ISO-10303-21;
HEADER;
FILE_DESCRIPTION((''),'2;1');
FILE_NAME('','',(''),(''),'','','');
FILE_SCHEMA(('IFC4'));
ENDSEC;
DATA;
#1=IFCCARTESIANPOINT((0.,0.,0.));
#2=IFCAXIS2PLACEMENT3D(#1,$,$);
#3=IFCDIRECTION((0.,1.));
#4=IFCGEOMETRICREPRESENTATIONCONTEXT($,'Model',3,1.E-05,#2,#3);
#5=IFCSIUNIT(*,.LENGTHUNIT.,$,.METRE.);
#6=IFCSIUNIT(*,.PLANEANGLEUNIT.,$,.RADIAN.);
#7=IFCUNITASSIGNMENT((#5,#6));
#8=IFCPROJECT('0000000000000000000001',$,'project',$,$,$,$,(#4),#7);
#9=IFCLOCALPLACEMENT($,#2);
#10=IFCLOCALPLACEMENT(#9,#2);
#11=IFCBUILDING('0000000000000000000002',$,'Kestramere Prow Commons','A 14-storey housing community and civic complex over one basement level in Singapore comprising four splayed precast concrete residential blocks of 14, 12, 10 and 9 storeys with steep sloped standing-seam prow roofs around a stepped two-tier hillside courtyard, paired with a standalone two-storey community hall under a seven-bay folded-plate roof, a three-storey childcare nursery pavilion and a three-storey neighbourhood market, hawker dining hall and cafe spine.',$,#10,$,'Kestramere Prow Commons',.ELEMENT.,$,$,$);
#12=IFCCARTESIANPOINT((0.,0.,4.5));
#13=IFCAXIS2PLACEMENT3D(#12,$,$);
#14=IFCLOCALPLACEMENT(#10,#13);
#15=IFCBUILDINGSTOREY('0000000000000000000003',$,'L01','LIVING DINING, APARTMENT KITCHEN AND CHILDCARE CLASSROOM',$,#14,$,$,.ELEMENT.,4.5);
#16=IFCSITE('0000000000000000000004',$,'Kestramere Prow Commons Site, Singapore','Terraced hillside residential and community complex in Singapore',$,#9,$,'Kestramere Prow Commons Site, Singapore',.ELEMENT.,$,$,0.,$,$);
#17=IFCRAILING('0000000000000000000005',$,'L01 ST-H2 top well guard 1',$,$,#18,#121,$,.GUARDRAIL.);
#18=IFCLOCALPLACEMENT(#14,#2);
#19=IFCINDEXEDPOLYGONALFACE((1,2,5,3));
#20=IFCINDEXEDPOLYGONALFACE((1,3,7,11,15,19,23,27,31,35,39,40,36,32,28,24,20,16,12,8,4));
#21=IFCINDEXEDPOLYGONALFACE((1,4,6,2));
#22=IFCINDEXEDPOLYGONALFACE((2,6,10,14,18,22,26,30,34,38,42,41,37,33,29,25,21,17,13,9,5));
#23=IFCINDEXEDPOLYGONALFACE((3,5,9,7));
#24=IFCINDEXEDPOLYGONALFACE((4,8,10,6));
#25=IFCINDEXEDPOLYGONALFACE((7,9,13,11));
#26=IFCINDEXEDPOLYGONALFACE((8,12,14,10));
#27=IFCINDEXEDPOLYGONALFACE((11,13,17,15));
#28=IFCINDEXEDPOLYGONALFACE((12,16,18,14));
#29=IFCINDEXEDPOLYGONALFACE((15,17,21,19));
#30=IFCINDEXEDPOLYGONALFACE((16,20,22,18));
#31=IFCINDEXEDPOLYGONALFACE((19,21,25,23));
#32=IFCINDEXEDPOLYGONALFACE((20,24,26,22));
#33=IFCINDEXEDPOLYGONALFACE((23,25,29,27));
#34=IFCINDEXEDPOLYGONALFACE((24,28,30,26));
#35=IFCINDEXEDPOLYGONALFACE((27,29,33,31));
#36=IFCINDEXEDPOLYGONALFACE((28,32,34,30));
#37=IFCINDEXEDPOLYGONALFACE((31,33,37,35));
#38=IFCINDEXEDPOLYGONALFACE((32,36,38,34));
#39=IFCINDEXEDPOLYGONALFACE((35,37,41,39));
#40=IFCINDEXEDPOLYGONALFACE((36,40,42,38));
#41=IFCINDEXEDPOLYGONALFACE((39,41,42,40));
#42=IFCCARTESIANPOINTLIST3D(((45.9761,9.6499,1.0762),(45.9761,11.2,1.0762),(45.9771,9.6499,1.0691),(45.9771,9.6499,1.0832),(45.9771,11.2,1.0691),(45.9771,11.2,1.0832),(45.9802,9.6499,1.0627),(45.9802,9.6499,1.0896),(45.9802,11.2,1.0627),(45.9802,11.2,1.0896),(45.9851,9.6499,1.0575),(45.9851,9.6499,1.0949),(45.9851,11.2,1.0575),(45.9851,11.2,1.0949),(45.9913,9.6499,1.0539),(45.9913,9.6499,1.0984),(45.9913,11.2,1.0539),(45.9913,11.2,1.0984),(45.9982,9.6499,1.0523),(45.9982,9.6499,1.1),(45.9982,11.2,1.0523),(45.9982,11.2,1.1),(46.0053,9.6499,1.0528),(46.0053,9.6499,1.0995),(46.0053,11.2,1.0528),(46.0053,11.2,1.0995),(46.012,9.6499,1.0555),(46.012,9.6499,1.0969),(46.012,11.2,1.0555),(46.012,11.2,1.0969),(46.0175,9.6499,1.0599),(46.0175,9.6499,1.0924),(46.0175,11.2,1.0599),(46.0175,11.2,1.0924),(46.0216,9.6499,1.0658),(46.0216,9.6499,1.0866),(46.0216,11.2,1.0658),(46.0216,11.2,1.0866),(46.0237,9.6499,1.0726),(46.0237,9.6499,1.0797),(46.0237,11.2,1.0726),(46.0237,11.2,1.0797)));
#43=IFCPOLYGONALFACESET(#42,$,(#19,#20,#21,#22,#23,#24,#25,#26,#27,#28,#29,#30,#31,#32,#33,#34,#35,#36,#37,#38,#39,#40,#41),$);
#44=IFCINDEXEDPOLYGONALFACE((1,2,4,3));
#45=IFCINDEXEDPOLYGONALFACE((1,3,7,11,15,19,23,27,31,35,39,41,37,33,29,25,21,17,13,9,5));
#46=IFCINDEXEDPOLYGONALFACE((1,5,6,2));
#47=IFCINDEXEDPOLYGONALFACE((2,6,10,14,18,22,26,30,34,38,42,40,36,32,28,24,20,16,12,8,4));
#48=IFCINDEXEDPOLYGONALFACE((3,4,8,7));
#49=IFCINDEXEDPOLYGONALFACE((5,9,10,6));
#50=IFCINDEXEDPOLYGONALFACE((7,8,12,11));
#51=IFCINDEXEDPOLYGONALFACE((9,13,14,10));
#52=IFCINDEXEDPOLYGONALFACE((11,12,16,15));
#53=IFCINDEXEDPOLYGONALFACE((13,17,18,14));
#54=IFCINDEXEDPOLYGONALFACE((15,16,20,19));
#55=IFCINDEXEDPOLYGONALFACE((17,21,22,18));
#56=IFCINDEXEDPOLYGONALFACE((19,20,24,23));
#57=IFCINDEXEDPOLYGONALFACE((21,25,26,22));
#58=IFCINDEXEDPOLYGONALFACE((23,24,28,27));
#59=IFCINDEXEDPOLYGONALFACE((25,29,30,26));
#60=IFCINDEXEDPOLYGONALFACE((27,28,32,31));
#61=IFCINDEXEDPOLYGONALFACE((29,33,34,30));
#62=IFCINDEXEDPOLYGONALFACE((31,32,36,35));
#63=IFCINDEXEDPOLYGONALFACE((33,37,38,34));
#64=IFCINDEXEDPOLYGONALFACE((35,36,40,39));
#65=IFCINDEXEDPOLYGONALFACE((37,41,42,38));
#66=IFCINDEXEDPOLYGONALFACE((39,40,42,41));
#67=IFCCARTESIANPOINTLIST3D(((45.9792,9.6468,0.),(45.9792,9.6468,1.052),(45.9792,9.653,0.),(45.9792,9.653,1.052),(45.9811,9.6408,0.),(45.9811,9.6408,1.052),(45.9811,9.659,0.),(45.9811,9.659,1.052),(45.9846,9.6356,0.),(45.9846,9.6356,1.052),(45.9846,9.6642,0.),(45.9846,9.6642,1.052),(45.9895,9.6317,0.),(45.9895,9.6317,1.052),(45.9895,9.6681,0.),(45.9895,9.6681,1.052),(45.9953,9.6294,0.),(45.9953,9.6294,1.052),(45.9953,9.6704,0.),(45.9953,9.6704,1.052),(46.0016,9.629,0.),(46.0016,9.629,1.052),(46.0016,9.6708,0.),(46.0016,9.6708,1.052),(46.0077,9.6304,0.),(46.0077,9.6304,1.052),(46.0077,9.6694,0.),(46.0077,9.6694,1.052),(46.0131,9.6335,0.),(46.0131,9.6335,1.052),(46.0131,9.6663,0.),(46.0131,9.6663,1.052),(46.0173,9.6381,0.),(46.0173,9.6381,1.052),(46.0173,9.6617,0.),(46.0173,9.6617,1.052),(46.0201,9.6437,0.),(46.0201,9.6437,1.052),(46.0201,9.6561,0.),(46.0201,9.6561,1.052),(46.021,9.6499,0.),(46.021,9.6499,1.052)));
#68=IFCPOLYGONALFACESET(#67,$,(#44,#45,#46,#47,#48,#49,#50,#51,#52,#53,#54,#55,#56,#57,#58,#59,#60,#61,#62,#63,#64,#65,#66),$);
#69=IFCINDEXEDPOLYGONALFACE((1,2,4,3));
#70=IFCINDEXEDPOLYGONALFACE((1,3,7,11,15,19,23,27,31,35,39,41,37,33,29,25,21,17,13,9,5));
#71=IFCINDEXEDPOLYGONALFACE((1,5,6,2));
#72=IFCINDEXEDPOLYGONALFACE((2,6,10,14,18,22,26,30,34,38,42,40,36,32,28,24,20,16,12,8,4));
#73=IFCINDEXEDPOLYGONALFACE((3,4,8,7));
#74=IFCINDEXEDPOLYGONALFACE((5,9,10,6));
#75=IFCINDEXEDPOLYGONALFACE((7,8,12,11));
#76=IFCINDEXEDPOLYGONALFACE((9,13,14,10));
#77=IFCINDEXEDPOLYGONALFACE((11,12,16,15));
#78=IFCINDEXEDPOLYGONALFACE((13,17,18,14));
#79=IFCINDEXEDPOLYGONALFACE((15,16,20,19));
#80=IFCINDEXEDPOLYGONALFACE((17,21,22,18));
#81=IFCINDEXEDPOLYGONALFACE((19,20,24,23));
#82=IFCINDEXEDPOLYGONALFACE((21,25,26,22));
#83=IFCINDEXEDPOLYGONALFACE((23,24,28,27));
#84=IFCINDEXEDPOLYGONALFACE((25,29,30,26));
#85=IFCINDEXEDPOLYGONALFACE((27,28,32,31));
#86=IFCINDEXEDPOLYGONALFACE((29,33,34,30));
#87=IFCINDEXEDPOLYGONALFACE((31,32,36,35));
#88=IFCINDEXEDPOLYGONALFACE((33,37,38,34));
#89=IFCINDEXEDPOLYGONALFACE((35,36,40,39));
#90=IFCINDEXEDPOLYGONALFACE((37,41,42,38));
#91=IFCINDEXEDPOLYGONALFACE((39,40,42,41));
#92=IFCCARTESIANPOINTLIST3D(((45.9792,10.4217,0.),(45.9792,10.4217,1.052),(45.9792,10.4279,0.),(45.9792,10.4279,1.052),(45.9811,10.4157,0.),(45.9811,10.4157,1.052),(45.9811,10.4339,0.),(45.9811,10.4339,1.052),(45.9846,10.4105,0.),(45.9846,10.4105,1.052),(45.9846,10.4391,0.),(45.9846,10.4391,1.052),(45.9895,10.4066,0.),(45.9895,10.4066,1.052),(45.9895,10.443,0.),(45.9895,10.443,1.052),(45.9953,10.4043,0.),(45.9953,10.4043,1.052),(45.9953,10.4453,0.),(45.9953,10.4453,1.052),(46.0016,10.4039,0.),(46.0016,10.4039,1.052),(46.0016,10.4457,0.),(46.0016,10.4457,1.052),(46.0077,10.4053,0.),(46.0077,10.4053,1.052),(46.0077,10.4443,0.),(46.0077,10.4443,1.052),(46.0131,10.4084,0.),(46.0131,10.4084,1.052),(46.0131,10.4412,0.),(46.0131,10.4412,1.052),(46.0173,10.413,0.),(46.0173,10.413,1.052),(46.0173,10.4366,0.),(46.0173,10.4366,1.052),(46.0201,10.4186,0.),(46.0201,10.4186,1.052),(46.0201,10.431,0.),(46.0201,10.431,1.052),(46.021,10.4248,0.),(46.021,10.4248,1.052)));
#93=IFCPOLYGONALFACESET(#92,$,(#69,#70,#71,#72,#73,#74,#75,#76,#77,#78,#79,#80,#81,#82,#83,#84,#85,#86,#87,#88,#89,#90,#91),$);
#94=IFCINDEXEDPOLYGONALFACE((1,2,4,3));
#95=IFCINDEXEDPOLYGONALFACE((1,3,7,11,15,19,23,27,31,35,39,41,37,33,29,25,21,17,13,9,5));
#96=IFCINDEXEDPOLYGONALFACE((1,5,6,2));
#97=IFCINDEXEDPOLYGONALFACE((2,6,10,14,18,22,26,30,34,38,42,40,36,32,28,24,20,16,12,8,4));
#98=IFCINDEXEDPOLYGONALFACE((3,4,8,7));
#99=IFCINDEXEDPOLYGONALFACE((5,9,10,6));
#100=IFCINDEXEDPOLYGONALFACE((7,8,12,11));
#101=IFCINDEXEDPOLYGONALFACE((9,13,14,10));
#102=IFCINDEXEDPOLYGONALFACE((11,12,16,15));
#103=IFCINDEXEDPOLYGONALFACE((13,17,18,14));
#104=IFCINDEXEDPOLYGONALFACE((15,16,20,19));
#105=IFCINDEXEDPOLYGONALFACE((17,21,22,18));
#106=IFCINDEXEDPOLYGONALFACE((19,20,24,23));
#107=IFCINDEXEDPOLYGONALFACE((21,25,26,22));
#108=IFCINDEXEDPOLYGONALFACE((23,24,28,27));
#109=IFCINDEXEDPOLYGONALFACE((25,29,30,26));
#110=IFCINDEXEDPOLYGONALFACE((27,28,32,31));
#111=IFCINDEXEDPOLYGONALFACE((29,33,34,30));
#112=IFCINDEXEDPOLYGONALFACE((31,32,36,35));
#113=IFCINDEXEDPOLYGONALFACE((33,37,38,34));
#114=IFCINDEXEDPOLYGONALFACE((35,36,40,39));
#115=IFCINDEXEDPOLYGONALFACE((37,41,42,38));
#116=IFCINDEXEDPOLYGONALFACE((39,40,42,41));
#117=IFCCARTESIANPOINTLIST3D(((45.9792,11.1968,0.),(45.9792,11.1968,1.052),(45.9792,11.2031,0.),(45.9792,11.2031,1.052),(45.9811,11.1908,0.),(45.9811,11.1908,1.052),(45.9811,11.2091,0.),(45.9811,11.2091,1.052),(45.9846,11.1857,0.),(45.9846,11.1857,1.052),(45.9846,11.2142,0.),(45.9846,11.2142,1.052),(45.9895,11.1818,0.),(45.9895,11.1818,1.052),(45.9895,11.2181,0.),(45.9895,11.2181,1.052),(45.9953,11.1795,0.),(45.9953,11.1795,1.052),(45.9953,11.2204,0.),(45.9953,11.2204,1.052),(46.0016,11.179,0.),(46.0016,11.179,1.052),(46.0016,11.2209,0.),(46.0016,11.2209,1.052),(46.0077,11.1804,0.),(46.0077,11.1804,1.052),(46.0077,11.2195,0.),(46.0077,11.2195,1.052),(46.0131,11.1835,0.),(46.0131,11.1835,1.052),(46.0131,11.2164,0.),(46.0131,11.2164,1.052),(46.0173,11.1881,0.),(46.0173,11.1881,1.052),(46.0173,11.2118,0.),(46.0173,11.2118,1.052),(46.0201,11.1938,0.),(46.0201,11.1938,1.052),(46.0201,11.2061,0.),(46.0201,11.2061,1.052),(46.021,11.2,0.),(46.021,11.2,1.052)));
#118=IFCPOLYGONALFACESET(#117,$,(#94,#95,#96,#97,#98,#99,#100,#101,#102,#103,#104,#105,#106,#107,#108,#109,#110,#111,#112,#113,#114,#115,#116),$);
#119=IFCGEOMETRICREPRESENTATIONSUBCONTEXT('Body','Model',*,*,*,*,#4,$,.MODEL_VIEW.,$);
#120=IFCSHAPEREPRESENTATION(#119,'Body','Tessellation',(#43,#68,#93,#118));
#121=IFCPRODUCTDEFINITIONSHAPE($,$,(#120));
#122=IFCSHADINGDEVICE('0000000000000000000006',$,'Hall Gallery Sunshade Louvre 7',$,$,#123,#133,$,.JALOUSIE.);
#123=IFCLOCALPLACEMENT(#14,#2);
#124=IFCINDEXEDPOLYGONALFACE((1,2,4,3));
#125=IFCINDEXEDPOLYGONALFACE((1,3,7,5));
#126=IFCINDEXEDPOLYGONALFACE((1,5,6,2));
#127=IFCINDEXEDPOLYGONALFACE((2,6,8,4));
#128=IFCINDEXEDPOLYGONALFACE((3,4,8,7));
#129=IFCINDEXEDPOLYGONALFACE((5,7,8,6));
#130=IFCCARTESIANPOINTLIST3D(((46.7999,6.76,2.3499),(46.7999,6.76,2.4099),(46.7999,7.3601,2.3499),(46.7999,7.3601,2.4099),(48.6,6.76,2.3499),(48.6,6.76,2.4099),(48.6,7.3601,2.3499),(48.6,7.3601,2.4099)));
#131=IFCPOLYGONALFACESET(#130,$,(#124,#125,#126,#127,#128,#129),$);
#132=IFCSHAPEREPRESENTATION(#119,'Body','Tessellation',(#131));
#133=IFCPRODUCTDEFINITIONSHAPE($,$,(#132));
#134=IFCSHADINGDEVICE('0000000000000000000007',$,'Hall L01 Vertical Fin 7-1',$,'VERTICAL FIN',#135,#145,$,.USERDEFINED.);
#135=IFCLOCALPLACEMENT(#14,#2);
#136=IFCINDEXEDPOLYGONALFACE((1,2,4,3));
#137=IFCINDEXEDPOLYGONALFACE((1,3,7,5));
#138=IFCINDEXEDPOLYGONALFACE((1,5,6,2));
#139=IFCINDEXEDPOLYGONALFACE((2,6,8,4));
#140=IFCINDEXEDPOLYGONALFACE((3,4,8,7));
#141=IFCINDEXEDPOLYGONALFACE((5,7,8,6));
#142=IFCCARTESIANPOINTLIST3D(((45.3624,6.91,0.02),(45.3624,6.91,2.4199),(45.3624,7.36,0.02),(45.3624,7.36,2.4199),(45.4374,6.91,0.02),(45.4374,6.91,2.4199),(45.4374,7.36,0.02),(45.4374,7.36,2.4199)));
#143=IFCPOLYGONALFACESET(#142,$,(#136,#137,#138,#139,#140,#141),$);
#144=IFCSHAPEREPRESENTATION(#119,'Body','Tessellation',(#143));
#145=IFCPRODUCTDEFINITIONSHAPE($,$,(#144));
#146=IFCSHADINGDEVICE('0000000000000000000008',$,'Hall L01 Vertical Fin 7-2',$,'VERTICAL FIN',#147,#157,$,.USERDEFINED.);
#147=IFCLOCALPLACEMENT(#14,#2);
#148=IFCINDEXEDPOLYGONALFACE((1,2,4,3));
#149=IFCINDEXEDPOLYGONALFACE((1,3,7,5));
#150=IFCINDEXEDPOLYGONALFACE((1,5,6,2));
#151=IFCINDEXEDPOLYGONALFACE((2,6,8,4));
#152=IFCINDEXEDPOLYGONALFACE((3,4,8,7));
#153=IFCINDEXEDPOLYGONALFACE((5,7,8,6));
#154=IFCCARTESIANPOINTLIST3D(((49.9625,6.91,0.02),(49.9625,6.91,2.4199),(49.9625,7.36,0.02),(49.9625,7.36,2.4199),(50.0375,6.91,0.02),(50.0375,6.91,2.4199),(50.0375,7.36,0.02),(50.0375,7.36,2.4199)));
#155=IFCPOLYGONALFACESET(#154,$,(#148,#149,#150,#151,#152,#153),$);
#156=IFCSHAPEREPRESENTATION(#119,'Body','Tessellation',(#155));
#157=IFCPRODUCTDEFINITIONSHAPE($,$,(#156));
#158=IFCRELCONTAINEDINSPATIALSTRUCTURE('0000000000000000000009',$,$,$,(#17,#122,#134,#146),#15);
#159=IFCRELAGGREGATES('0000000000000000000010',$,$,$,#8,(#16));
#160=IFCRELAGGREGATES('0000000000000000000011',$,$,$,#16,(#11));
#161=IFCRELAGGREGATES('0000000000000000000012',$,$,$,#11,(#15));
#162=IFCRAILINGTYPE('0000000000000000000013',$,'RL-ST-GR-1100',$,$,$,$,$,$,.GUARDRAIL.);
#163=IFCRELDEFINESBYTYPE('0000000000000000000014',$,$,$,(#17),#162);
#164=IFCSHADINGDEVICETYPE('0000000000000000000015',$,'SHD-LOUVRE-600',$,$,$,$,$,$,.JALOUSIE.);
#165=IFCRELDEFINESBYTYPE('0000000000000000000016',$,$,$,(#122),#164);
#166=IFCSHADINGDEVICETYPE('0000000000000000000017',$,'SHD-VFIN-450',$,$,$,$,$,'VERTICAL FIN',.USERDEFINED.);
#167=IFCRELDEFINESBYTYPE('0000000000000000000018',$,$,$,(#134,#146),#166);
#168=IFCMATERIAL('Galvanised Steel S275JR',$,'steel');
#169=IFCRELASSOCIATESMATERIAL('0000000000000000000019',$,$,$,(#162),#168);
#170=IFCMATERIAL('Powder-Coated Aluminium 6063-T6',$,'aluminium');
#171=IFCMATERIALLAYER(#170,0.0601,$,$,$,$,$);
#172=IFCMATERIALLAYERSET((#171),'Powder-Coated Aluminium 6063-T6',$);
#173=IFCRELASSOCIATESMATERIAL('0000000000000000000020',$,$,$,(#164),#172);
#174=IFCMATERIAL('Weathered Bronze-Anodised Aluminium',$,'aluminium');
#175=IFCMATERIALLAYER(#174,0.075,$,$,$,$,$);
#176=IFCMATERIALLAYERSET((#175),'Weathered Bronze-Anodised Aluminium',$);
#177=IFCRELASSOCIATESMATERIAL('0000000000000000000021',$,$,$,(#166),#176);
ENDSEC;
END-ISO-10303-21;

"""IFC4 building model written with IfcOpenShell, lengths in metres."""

from ifc_helpers import new_model, si_unit, direction, frame, origin, origin_2d, place, context, subcontext, project, spatial, rectangle, circle, extrude, material, layer, layer_set, type_object, element, save


model = new_model("IFC4")

# Units and contexts
model_context = context("Model", 3, precision=1e-05, world=origin(), true_north=direction((0.0, 1.0)))
body_context = subcontext(model_context, "Body", "Model", "MODEL_VIEW")
ifc_project = project(units=[si_unit("LENGTHUNIT", "METRE"), si_unit("PLANEANGLEUNIT", "RADIAN")], contexts=[model_context])

# Site, building, storey
site_placement = place(None, origin())
site = spatial("IfcSite", under=ifc_project, at=site_placement, Name="Kestramere Prow Commons Site, Singapore", Description="Terraced hillside residential and community complex in Singapore", LongName="Kestramere Prow Commons Site, Singapore", CompositionType="ELEMENT", RefElevation=0.0)
building_placement = place(site_placement, origin())
building = spatial("IfcBuilding", under=site, at=building_placement, Name="Kestramere Prow Commons", Description="A 14-storey housing community and civic complex over one basement level in Singapore comprising four splayed precast concrete residential blocks of 14, 12, 10 and 9 storeys with steep sloped standing-seam prow roofs around a stepped two-tier hillside courtyard, paired with a standalone two-storey community hall under a seven-bay folded-plate roof, a three-storey childcare nursery pavilion and a three-storey neighbourhood market, hawker dining hall and cafe spine.", LongName="Kestramere Prow Commons", CompositionType="ELEMENT")
storey_placement = place(building_placement, frame((0.0, 0.0, 4.5)))
storey = spatial("IfcBuildingStorey", under=building, at=storey_placement, Name="L01", Description="LIVING DINING, APARTMENT KITCHEN AND CHILDCARE CLASSROOM", CompositionType="ELEMENT", Elevation=4.5)

# Railing
ifc_material_1 = material(Name="Galvanised Steel S275JR", Category="steel")
railing_type = type_object("IfcRailingType", Name="RL-ST-GR-1100", PredefinedType="GUARDRAIL", material=ifc_material_1)
railing_placement = place(storey_placement, frame((46.0, 9.6499, 0.0)))
element("IfcRailing", 1, at=railing_placement, inside=storey, type_object=railing_type, Name="L01 ST-H2 top well guard 1", PredefinedType="GUARDRAIL", context=body_context, shape_type="SweptSolid", body=[
    extrude(circle(Radius=0.0239, at=origin_2d()), frame((0.0, 0.0, 1.0762), z_axis=(0.0, 1.0, 0.0), x_axis=(-1.0, 0.0, 0.0)), (0.0, 0.0, 1.0), 1.55),
    extrude(circle(Radius=0.021, at=origin_2d()), origin(), (0.0, 0.0, 1.0), 1.052),
    extrude(circle(Radius=0.021, at=origin_2d()), frame((0.0, 0.7749, 0.0)), (0.0, 0.0, 1.0), 1.052),
    extrude(circle(Radius=0.021, at=origin_2d()), frame((0.0, 1.55, 0.0)), (0.0, 0.0, 1.0), 1.052),
])

# Shading devices
ifc_material_2 = material(Name="Powder-Coated Aluminium 6063-T6", Category="aluminium")
ifc_layer_1 = layer(ifc_material_2, 0.0601)
ifc_layer_set_1 = layer_set([ifc_layer_1], Name="Powder-Coated Aluminium 6063-T6")
shading_device_type_1 = type_object("IfcShadingDeviceType", Name="SHD-LOUVRE-600", PredefinedType="JALOUSIE", material=ifc_layer_set_1)
shading_device_placement = place(storey_placement, frame((47.7, 7.0601, 2.3499), z_axis=(0.0, 0.0, 1.0), x_axis=(1.0, 0.0, 0.0)))
element("IfcShadingDevice", 2, at=shading_device_placement, inside=storey, type_object=shading_device_type_1, Name="Hall Gallery Sunshade Louvre 7", PredefinedType="JALOUSIE", context=body_context, shape_type="SweptSolid", body=[
    extrude(rectangle(XDim=1.8, YDim=0.6001, at=origin_2d()), origin(), (0.0, 0.0, 1.0), 0.0601),
])
ifc_material_3 = material(Name="Weathered Bronze-Anodised Aluminium", Category="aluminium")
ifc_layer_2 = layer(ifc_material_3, 0.075)
ifc_layer_set_2 = layer_set([ifc_layer_2], Name="Weathered Bronze-Anodised Aluminium")
shading_device_type_2 = type_object("IfcShadingDeviceType", Name="SHD-VFIN-450", ElementType="VERTICAL FIN", PredefinedType="USERDEFINED", material=ifc_layer_set_2)
for number, where, z_axis, x_axis, name in (
    (3, (45.3999, 7.135, 0.02), (0.0, 0.0, 1.0), (1.0, 0.0, 0.0), "Hall L01 Vertical Fin 7-1"),
    (4, (50.0, 7.135, 0.02), (0.0, 0.0, 1.0), (1.0, 0.0, 0.0), "Hall L01 Vertical Fin 7-2"),
):
    element("IfcShadingDevice", number, at=place(storey_placement, frame(where, z_axis=z_axis, x_axis=x_axis)), inside=storey, type_object=shading_device_type_2, Name=name, ObjectType="VERTICAL FIN", PredefinedType="USERDEFINED", context=body_context, shape_type="SweptSolid", body=[
        extrude(rectangle(XDim=0.075, YDim=0.45, at=origin_2d()), origin(), (0.0, 0.0, 1.0), 2.3999),
    ])

save(model, "model.ifc")
